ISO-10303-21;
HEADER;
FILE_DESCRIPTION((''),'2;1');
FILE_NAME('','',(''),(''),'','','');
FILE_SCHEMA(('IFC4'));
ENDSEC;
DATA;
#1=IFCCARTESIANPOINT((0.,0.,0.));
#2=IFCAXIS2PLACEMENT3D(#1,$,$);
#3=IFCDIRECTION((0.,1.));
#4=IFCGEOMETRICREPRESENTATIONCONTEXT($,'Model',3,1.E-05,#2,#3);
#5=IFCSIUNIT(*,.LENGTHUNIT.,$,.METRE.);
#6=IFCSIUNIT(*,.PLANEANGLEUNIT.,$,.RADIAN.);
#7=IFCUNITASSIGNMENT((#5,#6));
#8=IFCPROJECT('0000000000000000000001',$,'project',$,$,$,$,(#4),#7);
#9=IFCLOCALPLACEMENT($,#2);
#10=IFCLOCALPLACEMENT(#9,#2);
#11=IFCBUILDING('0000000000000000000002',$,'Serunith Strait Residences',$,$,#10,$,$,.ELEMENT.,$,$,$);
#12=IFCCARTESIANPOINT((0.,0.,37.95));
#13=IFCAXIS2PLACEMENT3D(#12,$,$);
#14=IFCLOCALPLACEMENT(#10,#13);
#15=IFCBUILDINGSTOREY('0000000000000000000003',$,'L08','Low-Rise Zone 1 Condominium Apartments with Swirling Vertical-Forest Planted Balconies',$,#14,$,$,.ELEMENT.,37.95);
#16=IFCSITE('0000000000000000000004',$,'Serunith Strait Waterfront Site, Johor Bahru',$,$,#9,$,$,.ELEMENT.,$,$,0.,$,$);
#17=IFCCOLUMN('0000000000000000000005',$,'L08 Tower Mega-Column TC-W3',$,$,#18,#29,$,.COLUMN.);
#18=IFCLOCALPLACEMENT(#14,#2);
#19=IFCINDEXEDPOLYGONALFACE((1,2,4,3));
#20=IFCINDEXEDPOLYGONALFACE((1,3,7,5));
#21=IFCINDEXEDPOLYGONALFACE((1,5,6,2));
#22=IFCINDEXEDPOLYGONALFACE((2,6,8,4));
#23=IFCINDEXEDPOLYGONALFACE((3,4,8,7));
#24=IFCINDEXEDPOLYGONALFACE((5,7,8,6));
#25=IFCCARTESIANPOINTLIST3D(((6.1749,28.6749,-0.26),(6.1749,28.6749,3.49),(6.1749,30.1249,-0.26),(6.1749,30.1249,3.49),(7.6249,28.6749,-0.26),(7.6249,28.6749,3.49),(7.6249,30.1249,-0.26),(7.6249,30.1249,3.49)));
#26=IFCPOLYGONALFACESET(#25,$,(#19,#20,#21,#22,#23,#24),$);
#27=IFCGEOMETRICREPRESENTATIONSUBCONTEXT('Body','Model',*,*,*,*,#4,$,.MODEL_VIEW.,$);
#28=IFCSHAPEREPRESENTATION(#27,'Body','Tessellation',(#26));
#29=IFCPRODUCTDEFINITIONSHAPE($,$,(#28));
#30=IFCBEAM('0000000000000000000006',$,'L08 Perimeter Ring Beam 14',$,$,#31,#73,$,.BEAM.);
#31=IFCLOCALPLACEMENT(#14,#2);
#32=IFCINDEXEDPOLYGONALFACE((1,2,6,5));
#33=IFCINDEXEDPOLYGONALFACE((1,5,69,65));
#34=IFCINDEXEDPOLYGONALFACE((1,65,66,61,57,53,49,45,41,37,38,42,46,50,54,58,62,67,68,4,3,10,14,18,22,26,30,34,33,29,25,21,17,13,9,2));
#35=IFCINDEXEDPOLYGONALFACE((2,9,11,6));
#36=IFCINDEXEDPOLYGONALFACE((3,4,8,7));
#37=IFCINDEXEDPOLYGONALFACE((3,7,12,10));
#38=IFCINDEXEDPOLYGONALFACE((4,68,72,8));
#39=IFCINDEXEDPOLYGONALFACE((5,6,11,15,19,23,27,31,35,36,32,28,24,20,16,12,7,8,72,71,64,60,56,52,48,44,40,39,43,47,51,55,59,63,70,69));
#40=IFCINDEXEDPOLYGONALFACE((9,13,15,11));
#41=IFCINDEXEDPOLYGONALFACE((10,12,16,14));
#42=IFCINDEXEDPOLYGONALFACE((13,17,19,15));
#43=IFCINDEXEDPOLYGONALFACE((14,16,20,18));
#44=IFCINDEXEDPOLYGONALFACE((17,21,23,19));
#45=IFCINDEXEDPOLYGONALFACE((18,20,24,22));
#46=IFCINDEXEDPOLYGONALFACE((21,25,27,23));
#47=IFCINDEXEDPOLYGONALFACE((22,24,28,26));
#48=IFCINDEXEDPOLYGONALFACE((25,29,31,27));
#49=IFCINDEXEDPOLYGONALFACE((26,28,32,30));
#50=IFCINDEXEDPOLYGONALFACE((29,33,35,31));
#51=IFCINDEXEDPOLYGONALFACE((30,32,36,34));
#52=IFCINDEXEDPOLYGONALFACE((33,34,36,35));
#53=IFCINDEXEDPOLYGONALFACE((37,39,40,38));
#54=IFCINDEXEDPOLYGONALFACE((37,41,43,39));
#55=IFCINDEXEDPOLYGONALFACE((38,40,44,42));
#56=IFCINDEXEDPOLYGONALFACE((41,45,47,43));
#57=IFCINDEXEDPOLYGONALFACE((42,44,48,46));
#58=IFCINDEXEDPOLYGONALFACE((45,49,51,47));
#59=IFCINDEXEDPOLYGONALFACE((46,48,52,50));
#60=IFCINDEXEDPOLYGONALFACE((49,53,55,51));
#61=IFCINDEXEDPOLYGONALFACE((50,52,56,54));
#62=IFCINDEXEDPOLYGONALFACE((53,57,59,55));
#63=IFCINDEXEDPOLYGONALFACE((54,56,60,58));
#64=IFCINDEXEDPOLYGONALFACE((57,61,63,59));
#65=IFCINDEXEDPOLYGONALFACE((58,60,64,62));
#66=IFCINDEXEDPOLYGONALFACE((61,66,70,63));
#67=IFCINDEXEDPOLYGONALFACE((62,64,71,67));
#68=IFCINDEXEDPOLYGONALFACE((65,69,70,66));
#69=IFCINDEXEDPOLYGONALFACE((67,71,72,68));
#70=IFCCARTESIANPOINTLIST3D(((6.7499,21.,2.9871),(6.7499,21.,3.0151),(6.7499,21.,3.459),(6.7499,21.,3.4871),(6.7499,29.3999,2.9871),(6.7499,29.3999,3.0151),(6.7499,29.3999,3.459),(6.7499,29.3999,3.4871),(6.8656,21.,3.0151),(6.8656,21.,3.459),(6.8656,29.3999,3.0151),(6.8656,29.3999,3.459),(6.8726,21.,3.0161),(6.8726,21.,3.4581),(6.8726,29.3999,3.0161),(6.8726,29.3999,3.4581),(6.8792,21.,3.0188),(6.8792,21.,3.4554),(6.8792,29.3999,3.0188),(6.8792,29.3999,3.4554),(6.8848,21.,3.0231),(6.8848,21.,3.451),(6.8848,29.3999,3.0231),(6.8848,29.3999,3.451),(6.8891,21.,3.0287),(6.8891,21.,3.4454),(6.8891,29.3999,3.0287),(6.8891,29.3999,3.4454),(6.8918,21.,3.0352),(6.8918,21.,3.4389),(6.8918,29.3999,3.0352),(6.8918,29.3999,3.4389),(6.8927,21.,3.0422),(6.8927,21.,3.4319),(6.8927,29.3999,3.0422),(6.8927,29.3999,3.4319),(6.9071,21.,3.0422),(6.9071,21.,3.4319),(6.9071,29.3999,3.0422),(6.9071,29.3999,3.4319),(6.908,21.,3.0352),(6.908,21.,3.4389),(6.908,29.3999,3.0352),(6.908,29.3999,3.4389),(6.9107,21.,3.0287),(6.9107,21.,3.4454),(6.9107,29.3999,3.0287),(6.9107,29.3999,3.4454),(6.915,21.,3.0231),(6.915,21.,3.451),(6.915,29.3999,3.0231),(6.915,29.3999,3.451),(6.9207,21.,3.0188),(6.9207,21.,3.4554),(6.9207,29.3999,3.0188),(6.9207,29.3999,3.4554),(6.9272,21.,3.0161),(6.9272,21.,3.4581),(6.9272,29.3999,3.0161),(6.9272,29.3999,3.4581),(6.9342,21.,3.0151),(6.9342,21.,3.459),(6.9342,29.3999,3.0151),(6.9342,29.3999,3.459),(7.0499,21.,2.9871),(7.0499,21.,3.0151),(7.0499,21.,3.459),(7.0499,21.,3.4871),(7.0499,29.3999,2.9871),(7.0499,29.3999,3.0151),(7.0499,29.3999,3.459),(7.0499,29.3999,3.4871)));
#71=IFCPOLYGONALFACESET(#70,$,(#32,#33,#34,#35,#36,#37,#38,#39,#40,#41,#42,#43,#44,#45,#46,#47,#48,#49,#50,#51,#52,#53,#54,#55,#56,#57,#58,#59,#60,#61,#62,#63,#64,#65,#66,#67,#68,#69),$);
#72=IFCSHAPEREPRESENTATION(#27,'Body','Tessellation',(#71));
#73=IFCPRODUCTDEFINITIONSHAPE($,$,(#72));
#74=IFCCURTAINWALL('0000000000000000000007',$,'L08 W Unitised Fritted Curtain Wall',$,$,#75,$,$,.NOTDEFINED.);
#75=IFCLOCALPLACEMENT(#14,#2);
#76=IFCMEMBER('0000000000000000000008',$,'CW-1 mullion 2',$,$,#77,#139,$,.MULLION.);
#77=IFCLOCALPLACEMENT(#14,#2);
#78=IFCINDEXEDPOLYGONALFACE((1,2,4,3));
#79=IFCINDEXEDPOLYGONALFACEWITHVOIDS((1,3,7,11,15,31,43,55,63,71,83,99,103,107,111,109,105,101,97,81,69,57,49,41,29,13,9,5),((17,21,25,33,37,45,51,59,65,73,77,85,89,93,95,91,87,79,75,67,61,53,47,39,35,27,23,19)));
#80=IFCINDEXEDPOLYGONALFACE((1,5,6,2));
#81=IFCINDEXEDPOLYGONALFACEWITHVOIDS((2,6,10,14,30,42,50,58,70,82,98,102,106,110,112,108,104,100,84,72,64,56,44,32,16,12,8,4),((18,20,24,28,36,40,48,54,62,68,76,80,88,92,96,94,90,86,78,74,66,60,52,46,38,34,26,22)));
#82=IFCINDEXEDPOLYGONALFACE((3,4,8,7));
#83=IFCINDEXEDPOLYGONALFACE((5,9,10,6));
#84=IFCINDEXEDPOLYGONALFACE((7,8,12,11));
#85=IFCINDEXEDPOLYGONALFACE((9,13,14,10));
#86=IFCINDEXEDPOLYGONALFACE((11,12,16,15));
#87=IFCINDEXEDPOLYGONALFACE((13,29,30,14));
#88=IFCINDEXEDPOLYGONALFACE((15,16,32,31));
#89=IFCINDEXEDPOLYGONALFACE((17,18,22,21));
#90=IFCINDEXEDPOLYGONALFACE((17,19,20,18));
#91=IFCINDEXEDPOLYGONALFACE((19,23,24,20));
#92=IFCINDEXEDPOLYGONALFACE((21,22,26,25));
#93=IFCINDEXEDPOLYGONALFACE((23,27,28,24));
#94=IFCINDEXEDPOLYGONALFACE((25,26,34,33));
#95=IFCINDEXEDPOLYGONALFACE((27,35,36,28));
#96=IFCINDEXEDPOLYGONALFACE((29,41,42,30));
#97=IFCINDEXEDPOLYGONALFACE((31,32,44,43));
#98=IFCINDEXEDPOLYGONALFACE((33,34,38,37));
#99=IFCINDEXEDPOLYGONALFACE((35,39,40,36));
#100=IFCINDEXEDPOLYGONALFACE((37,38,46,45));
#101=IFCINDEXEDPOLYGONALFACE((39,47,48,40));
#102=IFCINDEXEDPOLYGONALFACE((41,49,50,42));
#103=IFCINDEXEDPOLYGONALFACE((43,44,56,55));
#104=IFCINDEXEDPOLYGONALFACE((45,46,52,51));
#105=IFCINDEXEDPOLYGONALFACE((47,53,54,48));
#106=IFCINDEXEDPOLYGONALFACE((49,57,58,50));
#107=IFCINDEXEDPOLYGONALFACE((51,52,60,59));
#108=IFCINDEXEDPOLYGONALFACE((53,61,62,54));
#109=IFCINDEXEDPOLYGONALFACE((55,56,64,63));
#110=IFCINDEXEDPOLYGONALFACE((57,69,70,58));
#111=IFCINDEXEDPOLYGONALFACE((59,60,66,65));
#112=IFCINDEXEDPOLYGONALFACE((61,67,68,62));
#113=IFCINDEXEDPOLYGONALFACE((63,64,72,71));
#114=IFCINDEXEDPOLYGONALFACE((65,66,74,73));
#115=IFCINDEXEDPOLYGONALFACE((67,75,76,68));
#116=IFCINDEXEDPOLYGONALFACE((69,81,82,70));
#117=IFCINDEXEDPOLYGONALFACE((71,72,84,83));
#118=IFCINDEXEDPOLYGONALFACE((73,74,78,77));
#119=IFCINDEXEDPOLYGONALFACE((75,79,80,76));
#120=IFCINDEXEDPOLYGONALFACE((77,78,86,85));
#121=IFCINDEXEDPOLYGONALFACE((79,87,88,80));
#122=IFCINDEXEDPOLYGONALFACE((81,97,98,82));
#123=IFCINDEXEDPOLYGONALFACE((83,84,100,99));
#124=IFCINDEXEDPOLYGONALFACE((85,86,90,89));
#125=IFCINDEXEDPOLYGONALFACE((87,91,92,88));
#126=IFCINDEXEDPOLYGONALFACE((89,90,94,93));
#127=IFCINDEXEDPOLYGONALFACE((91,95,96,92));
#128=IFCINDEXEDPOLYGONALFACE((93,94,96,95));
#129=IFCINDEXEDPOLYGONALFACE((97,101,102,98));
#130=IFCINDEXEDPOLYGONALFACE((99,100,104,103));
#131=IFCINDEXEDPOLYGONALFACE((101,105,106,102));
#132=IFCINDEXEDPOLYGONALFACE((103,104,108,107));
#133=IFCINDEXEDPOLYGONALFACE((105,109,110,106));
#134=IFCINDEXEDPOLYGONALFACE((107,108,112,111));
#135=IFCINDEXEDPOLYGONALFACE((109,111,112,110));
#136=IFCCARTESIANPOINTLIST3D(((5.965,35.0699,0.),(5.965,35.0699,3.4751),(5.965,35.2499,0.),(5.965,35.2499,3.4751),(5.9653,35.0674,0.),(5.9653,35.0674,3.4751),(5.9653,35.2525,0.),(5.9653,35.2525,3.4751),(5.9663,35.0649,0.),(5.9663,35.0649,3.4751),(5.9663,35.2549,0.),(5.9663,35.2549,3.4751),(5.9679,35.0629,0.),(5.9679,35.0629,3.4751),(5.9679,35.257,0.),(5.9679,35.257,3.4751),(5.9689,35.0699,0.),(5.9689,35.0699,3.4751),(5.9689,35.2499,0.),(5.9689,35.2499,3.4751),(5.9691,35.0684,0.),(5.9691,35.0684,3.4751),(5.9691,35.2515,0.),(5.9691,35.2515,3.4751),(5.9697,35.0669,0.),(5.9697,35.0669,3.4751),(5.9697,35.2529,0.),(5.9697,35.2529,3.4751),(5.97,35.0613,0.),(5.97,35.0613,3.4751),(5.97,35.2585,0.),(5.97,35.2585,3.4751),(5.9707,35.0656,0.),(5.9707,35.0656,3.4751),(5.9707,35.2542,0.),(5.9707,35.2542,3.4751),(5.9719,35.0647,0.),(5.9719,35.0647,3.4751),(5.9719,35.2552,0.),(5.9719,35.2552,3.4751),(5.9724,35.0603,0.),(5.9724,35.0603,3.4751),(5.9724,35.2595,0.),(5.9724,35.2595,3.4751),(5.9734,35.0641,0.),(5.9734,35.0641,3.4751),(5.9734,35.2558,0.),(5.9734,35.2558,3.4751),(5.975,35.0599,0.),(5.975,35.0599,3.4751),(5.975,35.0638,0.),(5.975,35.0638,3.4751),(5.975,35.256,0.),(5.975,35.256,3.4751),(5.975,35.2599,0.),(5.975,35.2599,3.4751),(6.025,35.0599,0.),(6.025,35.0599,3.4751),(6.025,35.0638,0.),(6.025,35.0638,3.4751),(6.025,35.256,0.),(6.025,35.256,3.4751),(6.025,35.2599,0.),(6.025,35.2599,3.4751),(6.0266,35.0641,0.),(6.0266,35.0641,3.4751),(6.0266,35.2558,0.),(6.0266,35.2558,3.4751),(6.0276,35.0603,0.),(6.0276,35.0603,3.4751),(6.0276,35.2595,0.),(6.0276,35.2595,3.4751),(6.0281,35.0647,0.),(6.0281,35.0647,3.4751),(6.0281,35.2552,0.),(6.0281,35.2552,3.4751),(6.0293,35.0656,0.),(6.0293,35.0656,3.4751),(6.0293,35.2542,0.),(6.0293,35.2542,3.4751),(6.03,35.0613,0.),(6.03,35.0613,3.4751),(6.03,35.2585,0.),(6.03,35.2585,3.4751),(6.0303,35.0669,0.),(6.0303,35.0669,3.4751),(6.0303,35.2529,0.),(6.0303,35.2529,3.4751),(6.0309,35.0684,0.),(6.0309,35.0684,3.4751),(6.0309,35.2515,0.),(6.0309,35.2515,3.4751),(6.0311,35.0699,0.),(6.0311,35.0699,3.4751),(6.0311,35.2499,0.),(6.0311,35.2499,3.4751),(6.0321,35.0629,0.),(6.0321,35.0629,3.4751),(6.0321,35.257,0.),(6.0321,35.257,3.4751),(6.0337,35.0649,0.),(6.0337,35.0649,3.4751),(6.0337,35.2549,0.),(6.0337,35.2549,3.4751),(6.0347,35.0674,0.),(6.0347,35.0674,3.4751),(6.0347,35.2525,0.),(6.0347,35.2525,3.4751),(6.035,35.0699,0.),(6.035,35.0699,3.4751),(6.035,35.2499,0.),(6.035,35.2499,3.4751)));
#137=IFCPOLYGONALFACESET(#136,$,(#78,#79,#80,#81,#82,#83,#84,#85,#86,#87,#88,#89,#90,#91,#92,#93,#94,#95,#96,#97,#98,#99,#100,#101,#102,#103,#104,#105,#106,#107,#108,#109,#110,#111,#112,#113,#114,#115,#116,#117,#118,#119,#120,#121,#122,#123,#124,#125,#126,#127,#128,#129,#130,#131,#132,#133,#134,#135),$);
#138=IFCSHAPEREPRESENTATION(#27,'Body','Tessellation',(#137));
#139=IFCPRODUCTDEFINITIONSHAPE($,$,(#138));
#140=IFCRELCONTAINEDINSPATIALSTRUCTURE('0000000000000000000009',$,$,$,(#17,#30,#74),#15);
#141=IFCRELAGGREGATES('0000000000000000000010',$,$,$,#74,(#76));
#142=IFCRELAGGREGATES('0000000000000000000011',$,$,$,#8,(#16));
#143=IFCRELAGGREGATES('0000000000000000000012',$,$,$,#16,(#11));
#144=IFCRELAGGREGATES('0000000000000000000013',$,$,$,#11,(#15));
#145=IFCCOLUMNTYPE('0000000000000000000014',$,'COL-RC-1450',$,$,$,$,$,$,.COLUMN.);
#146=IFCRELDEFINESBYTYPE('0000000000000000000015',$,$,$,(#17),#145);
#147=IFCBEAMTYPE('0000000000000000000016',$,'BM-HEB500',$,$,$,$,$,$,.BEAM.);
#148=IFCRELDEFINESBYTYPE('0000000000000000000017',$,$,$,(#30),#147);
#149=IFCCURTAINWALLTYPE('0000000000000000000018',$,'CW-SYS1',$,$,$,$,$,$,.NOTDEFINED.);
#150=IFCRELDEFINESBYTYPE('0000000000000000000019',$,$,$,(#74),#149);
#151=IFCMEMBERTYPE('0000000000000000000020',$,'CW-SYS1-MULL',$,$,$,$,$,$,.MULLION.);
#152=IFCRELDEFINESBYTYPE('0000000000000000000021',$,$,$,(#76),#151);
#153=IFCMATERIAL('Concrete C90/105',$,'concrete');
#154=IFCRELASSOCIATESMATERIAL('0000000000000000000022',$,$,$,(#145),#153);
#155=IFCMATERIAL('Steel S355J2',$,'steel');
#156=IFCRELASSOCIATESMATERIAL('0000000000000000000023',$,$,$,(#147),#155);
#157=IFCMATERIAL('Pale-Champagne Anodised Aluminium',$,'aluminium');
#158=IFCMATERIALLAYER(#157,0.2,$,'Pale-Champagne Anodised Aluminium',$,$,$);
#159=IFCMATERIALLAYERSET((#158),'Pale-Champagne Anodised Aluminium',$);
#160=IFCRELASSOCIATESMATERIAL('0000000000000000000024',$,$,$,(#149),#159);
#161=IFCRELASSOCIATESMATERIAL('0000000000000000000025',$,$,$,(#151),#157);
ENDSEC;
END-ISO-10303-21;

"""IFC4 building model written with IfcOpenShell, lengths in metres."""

from ifc_helpers import new_model, si_unit, direction, frame, origin, origin_2d, place, context, subcontext, project, spatial, rectangle, hollow_rectangle, i_section, extrude, source, transform, mapped, material, layer, layer_set, material_profile, profile_set, type_object, element, aggregate, save


model = new_model("IFC4")

# Units and contexts
model_context = context("Model", 3, precision=1e-05, world=origin(), true_north=direction((0.0, 1.0)))
body_context = subcontext(model_context, "Body", "Model", "MODEL_VIEW")
ifc_project = project(units=[si_unit("LENGTHUNIT", "METRE"), si_unit("PLANEANGLEUNIT", "RADIAN")], contexts=[model_context])

# Site, building, storey
site_placement = place(None, origin())
site = spatial("IfcSite", under=ifc_project, at=site_placement, Name="Serunith Strait Waterfront Site, Johor Bahru", CompositionType="ELEMENT", RefElevation=0.0)
building_placement = place(site_placement, origin())
building = spatial("IfcBuilding", under=site, at=building_placement, Name="Serunith Strait Residences", CompositionType="ELEMENT")
storey_placement = place(building_placement, frame((0.0, 0.0, 37.95)))
storey = spatial("IfcBuildingStorey", under=building, at=storey_placement, Name="L08", Description="Low-Rise Zone 1 Condominium Apartments with Swirling Vertical-Forest Planted Balconies", CompositionType="ELEMENT", Elevation=37.95)

# Column
ifc_material_1 = material(Name="Concrete C90/105", Category="concrete")
ifc_material_profile_1 = material_profile(ifc_material_1, rectangle(XDim=1.45, YDim=1.45, at=origin_2d()), Name="RC 1450x1450")
ifc_profile_set_1 = profile_set([ifc_material_profile_1], Name="Concrete C90/105")
column_type = type_object("IfcColumnType", Name="COL-RC-1450", PredefinedType="COLUMN", material=ifc_profile_set_1)
shared_shape_1 = source(origin(), body_context, "Body", "SweptSolid", [
    extrude(rectangle(XDim=1.45, YDim=1.45, at=origin_2d()), origin(), (0.0, 0.0, 1.0), 3.75),
])
column_placement = place(storey_placement, frame((6.8999, 29.3999, -0.26), z_axis=(0.0, 0.0, 1.0), x_axis=(1.0, 0.0, 0.0)))
element("IfcColumn", 1, at=column_placement, inside=storey, type_object=column_type, Name="L08 Tower Mega-Column TC-W3", PredefinedType="COLUMN", context=body_context, shape_type="MappedRepresentation", body=[
    mapped(shared_shape_1, transform((0.0, 0.0, 0.0), scale=1.0)),
])

# Beam
ifc_material_2 = material(Name="Steel S355J2", Category="steel")
ifc_material_profile_2 = material_profile(ifc_material_2, i_section(OverallWidth=0.3, OverallDepth=0.5, WebThickness=0.0144, FlangeThickness=0.0281, FilletRadius=0.0271, at=origin_2d()), Name="HEB 500")
ifc_profile_set_2 = profile_set([ifc_material_profile_2], Name="Steel S355J2")
beam_type = type_object("IfcBeamType", Name="BM-HEB500", PredefinedType="BEAM", material=ifc_profile_set_2)
shared_shape_2 = source(origin(), body_context, "Body", "SweptSolid", [
    extrude(i_section(OverallWidth=0.3, OverallDepth=0.5, WebThickness=0.0144, FlangeThickness=0.0281, FilletRadius=0.0271, at=origin_2d()), origin(), (0.0, 0.0, 1.0), 8.3999),
])
beam_placement = place(storey_placement, frame((6.8999, 29.3999, 3.2371), z_axis=(0.0, -1.0, 0.0), x_axis=(1.0, 0.0, 0.0)))
element("IfcBeam", 2, at=beam_placement, inside=storey, type_object=beam_type, Name="L08 Perimeter Ring Beam 14", PredefinedType="BEAM", context=body_context, shape_type="MappedRepresentation", body=[
    mapped(shared_shape_2, transform((0.0, 0.0, 0.0), scale=1.0)),
])

# Curtain wall, member
ifc_material_3 = material(Name="Pale-Champagne Anodised Aluminium", Category="aluminium")
ifc_layer_1 = layer(ifc_material_3, 0.2, Name="Pale-Champagne Anodised Aluminium")
ifc_layer_set_1 = layer_set([ifc_layer_1], Name="Pale-Champagne Anodised Aluminium")
curtain_wall_type = type_object("IfcCurtainWallType", Name="CW-SYS1", PredefinedType="NOTDEFINED", material=ifc_layer_set_1)
curtain_wall_placement = place(storey_placement, origin())
curtain_wall = element("IfcCurtainWall", 3, at=curtain_wall_placement, inside=storey, type_object=curtain_wall_type, Name="L08 W Unitised Fritted Curtain Wall", PredefinedType="NOTDEFINED")
ifc_material_profile_3 = material_profile(ifc_material_3, hollow_rectangle(XDim=0.0701, YDim=0.2, WallThickness=0.0039, InnerFilletRadius=0.0061, OuterFilletRadius=0.01, at=origin_2d()), Name="ALU 200x70x4")
ifc_profile_set_3 = profile_set([ifc_material_profile_3], Name="Pale-Champagne Anodised Aluminium")
member_type_1 = type_object("IfcMemberType", Name="CW-SYS1-MULL", PredefinedType="MULLION", material=ifc_profile_set_3)
shared_shape_3 = source(origin(), body_context, "Body", "SweptSolid", [
    extrude(hollow_rectangle(XDim=0.0701, YDim=0.2, WallThickness=0.0039, InnerFilletRadius=0.0061, OuterFilletRadius=0.01, at=origin_2d()), origin(), (0.0, 0.0, 1.0), 3.4751),
])
member_1_placement = place(storey_placement, frame((6.0, 35.1599, 0.0), z_axis=(0.0, 0.0, 1.0), x_axis=(1.0, 0.0, 0.0)))
member_1 = element("IfcMember", 4, at=member_1_placement, type_object=member_type_1, Name="CW-1 mullion 2", PredefinedType="MULLION", context=body_context, shape_type="MappedRepresentation", body=[
    mapped(shared_shape_3, transform((0.0, 0.0, 0.0), scale=1.0)),
])
aggregate(curtain_wall, [member_1])

save(model, "model.ifc")
